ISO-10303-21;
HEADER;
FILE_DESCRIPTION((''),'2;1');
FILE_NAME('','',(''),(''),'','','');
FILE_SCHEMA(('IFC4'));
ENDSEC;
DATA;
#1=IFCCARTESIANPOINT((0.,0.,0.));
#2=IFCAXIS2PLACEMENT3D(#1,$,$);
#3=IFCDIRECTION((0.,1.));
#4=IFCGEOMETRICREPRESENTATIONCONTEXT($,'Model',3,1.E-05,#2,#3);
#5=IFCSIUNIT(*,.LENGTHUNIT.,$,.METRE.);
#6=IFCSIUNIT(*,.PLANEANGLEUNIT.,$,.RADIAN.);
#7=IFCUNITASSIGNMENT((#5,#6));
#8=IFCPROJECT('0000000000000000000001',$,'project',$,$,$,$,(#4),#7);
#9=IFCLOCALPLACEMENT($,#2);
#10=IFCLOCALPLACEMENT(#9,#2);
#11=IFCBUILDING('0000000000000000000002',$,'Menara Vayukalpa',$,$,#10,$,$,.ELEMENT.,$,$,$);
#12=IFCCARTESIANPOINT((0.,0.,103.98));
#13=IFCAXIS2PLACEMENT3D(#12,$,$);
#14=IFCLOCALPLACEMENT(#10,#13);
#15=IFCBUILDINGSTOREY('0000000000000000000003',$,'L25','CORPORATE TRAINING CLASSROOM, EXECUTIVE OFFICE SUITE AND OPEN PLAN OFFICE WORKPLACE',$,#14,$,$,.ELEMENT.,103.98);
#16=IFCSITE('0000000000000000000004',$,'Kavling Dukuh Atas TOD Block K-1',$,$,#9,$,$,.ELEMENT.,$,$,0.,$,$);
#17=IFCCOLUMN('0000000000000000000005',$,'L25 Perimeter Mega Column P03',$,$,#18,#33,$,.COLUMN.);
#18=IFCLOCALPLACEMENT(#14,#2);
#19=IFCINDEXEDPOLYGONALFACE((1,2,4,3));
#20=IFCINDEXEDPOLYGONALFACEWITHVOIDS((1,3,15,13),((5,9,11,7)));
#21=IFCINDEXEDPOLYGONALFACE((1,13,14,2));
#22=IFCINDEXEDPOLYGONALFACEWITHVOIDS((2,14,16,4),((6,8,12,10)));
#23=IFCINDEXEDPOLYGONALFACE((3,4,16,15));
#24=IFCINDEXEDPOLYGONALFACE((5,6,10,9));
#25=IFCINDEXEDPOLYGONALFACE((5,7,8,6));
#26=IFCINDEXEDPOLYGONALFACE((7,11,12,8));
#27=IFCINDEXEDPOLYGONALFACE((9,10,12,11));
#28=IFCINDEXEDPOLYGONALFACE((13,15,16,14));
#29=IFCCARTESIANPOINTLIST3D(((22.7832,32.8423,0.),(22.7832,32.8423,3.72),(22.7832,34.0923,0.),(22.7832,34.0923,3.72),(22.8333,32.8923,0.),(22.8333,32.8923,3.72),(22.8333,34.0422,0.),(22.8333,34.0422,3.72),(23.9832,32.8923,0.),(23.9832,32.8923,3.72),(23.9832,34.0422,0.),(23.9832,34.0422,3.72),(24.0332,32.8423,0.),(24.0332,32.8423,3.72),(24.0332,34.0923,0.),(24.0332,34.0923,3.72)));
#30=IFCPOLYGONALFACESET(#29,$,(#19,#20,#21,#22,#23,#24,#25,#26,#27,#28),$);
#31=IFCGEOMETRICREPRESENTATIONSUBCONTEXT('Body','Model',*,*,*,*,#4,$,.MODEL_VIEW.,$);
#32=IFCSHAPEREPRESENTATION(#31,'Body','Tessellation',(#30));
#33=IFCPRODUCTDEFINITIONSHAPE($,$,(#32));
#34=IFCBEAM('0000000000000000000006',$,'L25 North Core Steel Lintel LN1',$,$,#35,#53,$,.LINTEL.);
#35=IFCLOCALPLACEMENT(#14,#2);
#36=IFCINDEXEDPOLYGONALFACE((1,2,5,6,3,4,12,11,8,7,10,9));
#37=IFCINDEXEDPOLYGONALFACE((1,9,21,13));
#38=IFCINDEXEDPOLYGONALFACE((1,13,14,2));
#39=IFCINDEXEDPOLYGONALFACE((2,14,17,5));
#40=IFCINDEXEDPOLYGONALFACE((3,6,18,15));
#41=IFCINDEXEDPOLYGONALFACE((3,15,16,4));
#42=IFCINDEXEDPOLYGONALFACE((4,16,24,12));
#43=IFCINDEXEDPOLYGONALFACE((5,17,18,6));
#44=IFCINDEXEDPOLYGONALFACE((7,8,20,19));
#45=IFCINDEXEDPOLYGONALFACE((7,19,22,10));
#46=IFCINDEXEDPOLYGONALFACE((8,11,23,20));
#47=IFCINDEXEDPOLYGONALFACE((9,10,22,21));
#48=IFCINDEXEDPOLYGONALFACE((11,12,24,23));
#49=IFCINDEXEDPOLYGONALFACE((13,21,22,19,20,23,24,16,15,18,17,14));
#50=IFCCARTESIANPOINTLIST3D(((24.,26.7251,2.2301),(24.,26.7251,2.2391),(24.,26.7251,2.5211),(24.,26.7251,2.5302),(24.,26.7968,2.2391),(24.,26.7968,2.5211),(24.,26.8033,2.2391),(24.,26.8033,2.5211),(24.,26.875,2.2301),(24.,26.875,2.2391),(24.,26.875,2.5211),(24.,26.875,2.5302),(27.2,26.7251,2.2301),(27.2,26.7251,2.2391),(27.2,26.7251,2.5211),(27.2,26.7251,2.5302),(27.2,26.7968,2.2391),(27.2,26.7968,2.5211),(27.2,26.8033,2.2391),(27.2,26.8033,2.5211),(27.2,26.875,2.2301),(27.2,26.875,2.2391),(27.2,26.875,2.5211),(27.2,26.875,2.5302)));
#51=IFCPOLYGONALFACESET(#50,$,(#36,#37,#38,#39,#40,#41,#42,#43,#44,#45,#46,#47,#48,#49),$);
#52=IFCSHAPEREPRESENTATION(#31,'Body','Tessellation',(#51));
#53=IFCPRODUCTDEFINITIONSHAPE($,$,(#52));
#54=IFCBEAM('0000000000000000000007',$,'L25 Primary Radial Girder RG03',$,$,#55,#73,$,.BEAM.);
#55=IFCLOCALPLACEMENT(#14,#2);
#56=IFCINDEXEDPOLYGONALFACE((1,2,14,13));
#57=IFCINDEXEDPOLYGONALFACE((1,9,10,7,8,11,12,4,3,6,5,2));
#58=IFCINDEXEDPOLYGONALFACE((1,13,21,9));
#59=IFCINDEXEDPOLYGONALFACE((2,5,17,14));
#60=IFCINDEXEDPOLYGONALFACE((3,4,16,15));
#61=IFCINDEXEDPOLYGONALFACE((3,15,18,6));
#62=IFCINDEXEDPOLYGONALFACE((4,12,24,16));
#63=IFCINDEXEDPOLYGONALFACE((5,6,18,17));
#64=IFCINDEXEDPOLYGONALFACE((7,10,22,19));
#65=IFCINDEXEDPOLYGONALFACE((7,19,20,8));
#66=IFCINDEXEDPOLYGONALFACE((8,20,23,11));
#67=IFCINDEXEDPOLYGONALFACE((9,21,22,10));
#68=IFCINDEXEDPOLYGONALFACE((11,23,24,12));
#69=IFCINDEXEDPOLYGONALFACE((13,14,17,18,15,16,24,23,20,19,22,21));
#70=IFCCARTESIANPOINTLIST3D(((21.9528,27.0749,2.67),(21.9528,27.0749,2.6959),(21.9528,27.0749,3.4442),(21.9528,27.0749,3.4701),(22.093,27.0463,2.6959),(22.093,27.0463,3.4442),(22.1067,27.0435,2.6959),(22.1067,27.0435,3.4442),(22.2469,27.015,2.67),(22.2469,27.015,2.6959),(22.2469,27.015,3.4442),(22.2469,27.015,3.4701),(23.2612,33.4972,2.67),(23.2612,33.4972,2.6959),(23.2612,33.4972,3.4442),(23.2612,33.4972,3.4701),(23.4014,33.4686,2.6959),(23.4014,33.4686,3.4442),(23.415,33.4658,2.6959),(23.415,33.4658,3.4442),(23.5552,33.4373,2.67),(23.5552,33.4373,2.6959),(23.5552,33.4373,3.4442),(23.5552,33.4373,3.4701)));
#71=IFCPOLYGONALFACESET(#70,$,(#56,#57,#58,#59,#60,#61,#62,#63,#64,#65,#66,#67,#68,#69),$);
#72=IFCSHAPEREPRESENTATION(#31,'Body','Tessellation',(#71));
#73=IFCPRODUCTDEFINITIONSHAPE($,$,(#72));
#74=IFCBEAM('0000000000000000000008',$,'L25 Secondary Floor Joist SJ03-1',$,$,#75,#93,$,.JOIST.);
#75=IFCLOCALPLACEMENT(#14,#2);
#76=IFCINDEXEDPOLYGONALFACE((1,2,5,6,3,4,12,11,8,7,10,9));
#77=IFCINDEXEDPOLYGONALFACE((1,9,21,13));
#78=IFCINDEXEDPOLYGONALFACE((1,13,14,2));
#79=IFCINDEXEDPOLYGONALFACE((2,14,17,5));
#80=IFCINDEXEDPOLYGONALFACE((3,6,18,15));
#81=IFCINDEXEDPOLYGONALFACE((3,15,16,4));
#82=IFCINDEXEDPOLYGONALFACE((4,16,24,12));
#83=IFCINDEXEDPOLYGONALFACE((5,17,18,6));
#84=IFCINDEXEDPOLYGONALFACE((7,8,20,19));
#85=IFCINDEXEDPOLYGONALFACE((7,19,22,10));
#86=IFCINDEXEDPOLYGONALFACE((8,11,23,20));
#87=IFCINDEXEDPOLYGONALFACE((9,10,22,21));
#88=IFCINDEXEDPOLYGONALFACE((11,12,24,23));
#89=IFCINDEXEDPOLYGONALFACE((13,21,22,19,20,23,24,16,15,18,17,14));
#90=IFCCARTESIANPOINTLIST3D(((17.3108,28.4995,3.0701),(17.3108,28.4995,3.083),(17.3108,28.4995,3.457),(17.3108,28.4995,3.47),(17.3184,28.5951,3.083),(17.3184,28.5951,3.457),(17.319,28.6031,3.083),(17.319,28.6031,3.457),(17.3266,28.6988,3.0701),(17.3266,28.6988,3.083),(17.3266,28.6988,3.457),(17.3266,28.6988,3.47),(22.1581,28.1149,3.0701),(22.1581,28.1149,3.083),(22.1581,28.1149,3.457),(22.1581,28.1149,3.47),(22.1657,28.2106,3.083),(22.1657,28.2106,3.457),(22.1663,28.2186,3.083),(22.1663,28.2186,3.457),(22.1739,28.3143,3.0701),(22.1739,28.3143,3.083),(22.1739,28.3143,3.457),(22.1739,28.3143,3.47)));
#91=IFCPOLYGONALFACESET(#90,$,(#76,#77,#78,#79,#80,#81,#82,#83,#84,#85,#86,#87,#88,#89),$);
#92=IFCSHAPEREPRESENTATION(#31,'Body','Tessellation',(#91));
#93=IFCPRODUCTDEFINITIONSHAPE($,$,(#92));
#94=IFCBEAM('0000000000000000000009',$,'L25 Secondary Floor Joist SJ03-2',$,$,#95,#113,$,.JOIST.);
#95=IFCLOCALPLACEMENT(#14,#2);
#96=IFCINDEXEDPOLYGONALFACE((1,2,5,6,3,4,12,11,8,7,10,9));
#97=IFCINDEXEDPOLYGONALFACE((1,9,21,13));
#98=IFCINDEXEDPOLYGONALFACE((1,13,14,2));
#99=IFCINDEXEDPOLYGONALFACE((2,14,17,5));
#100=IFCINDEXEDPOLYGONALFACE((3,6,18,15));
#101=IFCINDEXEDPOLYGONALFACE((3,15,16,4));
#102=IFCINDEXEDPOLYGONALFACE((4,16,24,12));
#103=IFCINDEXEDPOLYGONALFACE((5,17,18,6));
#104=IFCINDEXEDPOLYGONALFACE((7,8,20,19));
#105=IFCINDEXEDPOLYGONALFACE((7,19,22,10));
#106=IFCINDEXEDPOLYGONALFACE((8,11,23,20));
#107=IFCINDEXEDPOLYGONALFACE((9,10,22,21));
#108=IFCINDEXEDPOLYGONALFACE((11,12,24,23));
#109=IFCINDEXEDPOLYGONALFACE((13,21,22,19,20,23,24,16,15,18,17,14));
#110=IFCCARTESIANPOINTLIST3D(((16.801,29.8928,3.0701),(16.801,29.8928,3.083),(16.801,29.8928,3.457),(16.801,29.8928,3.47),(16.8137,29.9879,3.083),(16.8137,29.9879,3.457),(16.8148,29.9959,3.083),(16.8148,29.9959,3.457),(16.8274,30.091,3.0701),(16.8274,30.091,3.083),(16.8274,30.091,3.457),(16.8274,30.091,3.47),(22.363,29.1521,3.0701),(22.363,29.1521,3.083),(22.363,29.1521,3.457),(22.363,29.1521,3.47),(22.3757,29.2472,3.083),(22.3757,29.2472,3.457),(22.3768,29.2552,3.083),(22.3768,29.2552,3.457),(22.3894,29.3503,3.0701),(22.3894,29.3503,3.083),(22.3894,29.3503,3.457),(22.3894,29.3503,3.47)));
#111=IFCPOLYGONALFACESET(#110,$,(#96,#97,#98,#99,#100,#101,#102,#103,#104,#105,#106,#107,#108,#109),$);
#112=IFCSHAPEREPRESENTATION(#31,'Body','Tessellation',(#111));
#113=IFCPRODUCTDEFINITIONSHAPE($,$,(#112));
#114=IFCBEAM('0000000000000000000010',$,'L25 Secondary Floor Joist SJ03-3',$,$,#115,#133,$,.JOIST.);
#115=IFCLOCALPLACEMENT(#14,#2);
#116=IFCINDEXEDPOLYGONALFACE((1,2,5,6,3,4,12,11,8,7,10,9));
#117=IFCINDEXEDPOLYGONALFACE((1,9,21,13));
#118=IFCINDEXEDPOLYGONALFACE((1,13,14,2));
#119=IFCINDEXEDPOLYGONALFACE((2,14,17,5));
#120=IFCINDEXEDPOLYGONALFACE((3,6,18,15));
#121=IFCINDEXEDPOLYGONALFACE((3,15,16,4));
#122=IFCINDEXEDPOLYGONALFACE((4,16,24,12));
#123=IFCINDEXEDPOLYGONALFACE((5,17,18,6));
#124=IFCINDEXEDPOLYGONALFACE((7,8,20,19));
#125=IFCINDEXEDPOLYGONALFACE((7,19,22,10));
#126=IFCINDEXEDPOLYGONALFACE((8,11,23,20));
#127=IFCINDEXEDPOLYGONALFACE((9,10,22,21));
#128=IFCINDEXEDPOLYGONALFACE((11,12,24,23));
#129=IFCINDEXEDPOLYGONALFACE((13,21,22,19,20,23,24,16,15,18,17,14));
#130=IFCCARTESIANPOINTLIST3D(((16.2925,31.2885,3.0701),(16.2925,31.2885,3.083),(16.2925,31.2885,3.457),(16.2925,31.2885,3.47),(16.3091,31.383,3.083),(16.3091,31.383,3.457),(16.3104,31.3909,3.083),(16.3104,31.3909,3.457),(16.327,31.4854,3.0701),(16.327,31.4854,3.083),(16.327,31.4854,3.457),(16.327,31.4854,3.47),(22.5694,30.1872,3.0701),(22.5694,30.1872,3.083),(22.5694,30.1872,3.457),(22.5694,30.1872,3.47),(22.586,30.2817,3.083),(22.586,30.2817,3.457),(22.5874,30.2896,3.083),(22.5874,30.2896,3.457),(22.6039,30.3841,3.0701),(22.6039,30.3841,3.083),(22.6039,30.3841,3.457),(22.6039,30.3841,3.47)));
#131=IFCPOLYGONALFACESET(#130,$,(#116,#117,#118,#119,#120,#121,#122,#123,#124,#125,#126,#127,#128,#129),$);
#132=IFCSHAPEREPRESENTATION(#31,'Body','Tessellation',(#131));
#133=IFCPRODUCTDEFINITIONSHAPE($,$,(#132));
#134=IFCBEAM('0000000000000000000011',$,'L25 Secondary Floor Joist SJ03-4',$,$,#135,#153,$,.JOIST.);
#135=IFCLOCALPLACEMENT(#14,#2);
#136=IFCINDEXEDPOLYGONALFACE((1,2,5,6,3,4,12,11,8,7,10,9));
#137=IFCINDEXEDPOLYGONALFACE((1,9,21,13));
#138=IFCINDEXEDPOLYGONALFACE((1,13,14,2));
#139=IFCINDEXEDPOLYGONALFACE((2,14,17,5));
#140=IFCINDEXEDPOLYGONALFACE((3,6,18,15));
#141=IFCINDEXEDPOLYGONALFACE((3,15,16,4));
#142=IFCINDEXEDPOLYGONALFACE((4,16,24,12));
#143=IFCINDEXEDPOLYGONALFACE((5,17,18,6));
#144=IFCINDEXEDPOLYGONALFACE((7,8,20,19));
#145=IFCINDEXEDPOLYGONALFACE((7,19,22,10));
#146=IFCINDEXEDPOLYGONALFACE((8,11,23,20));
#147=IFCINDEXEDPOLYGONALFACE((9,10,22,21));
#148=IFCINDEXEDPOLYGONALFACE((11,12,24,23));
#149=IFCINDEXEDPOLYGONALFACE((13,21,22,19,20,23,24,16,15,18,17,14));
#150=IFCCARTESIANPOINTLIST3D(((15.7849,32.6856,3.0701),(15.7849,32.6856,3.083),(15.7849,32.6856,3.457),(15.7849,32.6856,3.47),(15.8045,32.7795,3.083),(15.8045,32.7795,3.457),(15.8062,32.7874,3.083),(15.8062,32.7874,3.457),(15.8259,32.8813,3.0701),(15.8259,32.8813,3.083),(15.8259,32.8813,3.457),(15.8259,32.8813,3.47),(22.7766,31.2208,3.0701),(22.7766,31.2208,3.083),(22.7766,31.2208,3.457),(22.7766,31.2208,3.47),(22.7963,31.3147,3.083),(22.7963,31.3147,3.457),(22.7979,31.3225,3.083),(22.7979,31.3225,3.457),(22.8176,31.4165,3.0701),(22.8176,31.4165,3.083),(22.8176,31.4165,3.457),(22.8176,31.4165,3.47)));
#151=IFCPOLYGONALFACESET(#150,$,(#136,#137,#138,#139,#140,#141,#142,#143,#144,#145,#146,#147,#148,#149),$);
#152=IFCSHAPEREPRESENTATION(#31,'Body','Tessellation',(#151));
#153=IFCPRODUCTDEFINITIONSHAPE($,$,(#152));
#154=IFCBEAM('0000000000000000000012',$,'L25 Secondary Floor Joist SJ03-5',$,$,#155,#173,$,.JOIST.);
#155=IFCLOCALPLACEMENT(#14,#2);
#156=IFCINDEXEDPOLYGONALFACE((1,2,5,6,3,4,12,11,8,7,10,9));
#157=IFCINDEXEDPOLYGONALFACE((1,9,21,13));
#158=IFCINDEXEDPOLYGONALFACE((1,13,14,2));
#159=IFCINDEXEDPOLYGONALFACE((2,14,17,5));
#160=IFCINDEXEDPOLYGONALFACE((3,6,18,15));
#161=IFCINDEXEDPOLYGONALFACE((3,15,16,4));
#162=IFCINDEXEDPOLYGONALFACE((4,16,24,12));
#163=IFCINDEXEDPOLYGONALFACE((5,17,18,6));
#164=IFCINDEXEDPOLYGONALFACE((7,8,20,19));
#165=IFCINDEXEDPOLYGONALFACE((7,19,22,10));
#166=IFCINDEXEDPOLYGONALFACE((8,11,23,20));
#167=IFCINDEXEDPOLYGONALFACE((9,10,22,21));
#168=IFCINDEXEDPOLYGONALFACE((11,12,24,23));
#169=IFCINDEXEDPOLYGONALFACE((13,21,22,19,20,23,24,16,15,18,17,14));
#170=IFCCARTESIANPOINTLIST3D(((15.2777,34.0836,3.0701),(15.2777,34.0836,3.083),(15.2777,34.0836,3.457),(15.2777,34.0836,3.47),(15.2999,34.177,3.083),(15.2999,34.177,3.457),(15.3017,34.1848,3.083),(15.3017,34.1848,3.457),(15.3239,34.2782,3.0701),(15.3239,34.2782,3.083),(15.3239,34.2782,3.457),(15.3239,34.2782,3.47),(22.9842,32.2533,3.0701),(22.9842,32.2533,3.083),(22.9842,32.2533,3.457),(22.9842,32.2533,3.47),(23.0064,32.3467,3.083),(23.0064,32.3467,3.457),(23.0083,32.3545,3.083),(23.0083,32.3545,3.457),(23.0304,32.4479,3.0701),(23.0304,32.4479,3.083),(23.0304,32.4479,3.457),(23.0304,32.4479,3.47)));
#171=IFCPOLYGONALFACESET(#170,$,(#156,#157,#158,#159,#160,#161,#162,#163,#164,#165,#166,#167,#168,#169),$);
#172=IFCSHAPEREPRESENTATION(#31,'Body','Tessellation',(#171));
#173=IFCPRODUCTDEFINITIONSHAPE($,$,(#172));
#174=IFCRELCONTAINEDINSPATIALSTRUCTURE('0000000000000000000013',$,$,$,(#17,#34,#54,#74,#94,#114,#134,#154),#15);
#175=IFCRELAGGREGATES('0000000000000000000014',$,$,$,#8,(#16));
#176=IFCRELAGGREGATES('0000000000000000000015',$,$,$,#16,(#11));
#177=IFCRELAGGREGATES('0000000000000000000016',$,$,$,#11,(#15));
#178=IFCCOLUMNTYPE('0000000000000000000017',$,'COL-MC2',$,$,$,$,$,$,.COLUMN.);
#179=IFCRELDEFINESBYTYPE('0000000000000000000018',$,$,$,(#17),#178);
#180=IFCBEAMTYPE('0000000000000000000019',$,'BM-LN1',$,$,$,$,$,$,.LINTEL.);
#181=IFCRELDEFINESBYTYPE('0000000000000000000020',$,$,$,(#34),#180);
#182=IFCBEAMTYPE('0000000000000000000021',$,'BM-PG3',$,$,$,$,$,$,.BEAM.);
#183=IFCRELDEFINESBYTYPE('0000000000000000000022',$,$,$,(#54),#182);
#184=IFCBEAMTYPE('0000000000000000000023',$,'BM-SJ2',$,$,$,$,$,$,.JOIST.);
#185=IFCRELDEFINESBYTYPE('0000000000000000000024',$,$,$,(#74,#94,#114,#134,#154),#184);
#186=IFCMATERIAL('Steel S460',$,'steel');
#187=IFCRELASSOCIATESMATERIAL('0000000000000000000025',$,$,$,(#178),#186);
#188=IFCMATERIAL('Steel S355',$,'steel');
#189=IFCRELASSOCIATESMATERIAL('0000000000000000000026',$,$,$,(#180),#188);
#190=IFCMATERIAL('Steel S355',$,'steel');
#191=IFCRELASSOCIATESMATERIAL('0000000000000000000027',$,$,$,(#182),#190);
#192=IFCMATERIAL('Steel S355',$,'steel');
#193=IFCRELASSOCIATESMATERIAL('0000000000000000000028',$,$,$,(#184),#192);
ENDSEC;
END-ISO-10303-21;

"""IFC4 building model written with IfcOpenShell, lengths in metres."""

from ifc_helpers import new_model, si_unit, direction, frame, origin, origin_2d, place, context, subcontext, project, spatial, hollow_rectangle, i_section, extrude, material, material_profile, profile_set, type_object, element, save


model = new_model("IFC4")

# Units and contexts
model_context = context("Model", 3, precision=1e-05, world=origin(), true_north=direction((0.0, 1.0)))
body_context = subcontext(model_context, "Body", "Model", "MODEL_VIEW")
ifc_project = project(units=[si_unit("LENGTHUNIT", "METRE"), si_unit("PLANEANGLEUNIT", "RADIAN")], contexts=[model_context])

# Site, building, storey
site_placement = place(None, origin())
site = spatial("IfcSite", under=ifc_project, at=site_placement, Name="Kavling Dukuh Atas TOD Block K-1", CompositionType="ELEMENT", RefElevation=0.0)
building_placement = place(site_placement, origin())
building = spatial("IfcBuilding", under=site, at=building_placement, Name="Menara Vayukalpa", CompositionType="ELEMENT")
storey_placement = place(building_placement, frame((0.0, 0.0, 103.98)))
storey = spatial("IfcBuildingStorey", under=building, at=storey_placement, Name="L25", Description="CORPORATE TRAINING CLASSROOM, EXECUTIVE OFFICE SUITE AND OPEN PLAN OFFICE WORKPLACE", CompositionType="ELEMENT", Elevation=103.98)

# Column
ifc_material_1 = material(Name="Steel S460", Category="steel")
ifc_material_profile_1 = material_profile(ifc_material_1, hollow_rectangle(XDim=1.25, YDim=1.25, WallThickness=0.05, at=origin_2d()), Name="BOX 1250x1250x50")
ifc_profile_set_1 = profile_set([ifc_material_profile_1], Name="Steel S460")
column_type = type_object("IfcColumnType", Name="COL-MC2", PredefinedType="COLUMN", material=ifc_profile_set_1)
column_placement = place(storey_placement, frame((23.4082, 33.4673, 0.0), z_axis=(0.0, 0.0, 1.0), x_axis=(1.0, 0.0, 0.0)))
element("IfcColumn", 1, at=column_placement, inside=storey, type_object=column_type, Name="L25 Perimeter Mega Column P03", PredefinedType="COLUMN", context=body_context, shape_type="SweptSolid", body=[
    extrude(hollow_rectangle(XDim=1.25, YDim=1.25, WallThickness=0.05, at=origin_2d()), origin(), (0.0, 0.0, 1.0), 3.72),
])

# Beams
ifc_material_2 = material(Name="Steel S355", Category="steel")
ifc_material_profile_2 = material_profile(ifc_material_2, i_section(OverallWidth=0.1499, OverallDepth=0.3, WebThickness=0.0066, FlangeThickness=0.009, at=origin_2d()), Name="WF 300x150x6.5x9")
ifc_profile_set_2 = profile_set([ifc_material_profile_2], Name="Steel S355")
beam_type_1 = type_object("IfcBeamType", Name="BM-LN1", PredefinedType="LINTEL", material=ifc_profile_set_2)
beam_1_placement = place(storey_placement, frame((24.0, 26.8, 2.3801), z_axis=(1.0, 0.0, 0.0), x_axis=(0.0, 1.0, 0.0)))
element("IfcBeam", 2, at=beam_1_placement, inside=storey, type_object=beam_type_1, Name="L25 North Core Steel Lintel LN1", PredefinedType="LINTEL", context=body_context, shape_type="SweptSolid", body=[
    extrude(i_section(OverallWidth=0.1499, OverallDepth=0.3, WebThickness=0.0066, FlangeThickness=0.009, at=origin_2d()), origin(), (0.0, 0.0, 1.0), 3.2),
])
ifc_material_3 = material(Name="Steel S355", Category="steel")
ifc_material_profile_3 = material_profile(ifc_material_3, i_section(OverallWidth=0.3, OverallDepth=0.8, WebThickness=0.0139, FlangeThickness=0.0259, at=origin_2d()), Name="WF 800x300x14x26")
ifc_profile_set_3 = profile_set([ifc_material_profile_3], Name="Steel S355")
beam_type_2 = type_object("IfcBeamType", Name="BM-PG3", PredefinedType="BEAM", material=ifc_profile_set_3)
beam_2_placement = place(storey_placement, frame((22.0999, 27.0449, 3.0701), z_axis=(0.199618, 0.979874, 0.0), x_axis=(-0.979874, 0.199618, 0.0)))
element("IfcBeam", 3, at=beam_2_placement, inside=storey, type_object=beam_type_2, Name="L25 Primary Radial Girder RG03", PredefinedType="BEAM", context=body_context, shape_type="SweptSolid", body=[
    extrude(i_section(OverallWidth=0.3, OverallDepth=0.8, WebThickness=0.0139, FlangeThickness=0.0259, at=origin_2d()), origin(), (0.0, 0.0, 1.0), 6.5542),
])
ifc_material_4 = material(Name="Steel S355", Category="steel")
ifc_material_profile_4 = material_profile(ifc_material_4, i_section(OverallWidth=0.2, OverallDepth=0.3999, WebThickness=0.0081, FlangeThickness=0.0129, at=origin_2d()), Name="WF 400x200x8x13")
ifc_profile_set_4 = profile_set([ifc_material_profile_4], Name="Steel S355")
beam_type_3 = type_object("IfcBeamType", Name="BM-SJ2", PredefinedType="JOIST", material=ifc_profile_set_4)
beam_3_placement = place(storey_placement, frame((22.166, 28.2146, 3.27), z_axis=(-0.996869, 0.079077, 0.0), x_axis=(-0.079077, -0.996869, 0.0)))
element("IfcBeam", 4, at=beam_3_placement, inside=storey, type_object=beam_type_3, Name="L25 Secondary Floor Joist SJ03-1", PredefinedType="JOIST", context=body_context, shape_type="SweptSolid", body=[
    extrude(i_section(OverallWidth=0.2, OverallDepth=0.3999, WebThickness=0.0081, FlangeThickness=0.0129, at=origin_2d()), origin(), (0.0, 0.0, 1.0), 4.8625),
])
beam_4_placement = place(storey_placement, frame((22.3762, 29.2512, 3.27), z_axis=(-0.991248, 0.13201, 0.0), x_axis=(-0.13201, -0.991248, 0.0)))
element("IfcBeam", 5, at=beam_4_placement, inside=storey, type_object=beam_type_3, Name="L25 Secondary Floor Joist SJ03-2", PredefinedType="JOIST", context=body_context, shape_type="SweptSolid", body=[
    extrude(i_section(OverallWidth=0.2, OverallDepth=0.3999, WebThickness=0.0081, FlangeThickness=0.0129, at=origin_2d()), origin(), (0.0, 0.0, 1.0), 5.6111),
])
beam_5_placement = place(storey_placement, frame((22.5867, 30.2856, 3.27), z_axis=(-0.984954, 0.172817, 0.0), x_axis=(-0.172817, -0.984954, 0.0)))
element("IfcBeam", 6, at=beam_5_placement, inside=storey, type_object=beam_type_3, Name="L25 Secondary Floor Joist SJ03-3", PredefinedType="JOIST", context=body_context, shape_type="SweptSolid", body=[
    extrude(i_section(OverallWidth=0.2, OverallDepth=0.3999, WebThickness=0.0081, FlangeThickness=0.0129, at=origin_2d()), origin(), (0.0, 0.0, 1.0), 6.3728),
])
beam_6_placement = place(storey_placement, frame((22.7971, 31.3186, 3.27), z_axis=(-0.978749, 0.20506, 0.0), x_axis=(-0.20506, -0.978749, 0.0)))
element("IfcBeam", 7, at=beam_6_placement, inside=storey, type_object=beam_type_3, Name="L25 Secondary Floor Joist SJ03-4", PredefinedType="JOIST", context=body_context, shape_type="SweptSolid", body=[
    extrude(i_section(OverallWidth=0.2, OverallDepth=0.3999, WebThickness=0.0081, FlangeThickness=0.0129, at=origin_2d()), origin(), (0.0, 0.0, 1.0), 7.1436),
])
beam_7_placement = place(storey_placement, frame((23.0073, 32.3506, 3.27), z_axis=(-0.972936, 0.231075, 0.0), x_axis=(-0.231075, -0.972936, 0.0)))
element("IfcBeam", 8, at=beam_7_placement, inside=storey, type_object=beam_type_3, Name="L25 Secondary Floor Joist SJ03-5", PredefinedType="JOIST", context=body_context, shape_type="SweptSolid", body=[
    extrude(i_section(OverallWidth=0.2, OverallDepth=0.3999, WebThickness=0.0081, FlangeThickness=0.0129, at=origin_2d()), origin(), (0.0, 0.0, 1.0), 7.9209),
])

save(model, "model.ifc")
